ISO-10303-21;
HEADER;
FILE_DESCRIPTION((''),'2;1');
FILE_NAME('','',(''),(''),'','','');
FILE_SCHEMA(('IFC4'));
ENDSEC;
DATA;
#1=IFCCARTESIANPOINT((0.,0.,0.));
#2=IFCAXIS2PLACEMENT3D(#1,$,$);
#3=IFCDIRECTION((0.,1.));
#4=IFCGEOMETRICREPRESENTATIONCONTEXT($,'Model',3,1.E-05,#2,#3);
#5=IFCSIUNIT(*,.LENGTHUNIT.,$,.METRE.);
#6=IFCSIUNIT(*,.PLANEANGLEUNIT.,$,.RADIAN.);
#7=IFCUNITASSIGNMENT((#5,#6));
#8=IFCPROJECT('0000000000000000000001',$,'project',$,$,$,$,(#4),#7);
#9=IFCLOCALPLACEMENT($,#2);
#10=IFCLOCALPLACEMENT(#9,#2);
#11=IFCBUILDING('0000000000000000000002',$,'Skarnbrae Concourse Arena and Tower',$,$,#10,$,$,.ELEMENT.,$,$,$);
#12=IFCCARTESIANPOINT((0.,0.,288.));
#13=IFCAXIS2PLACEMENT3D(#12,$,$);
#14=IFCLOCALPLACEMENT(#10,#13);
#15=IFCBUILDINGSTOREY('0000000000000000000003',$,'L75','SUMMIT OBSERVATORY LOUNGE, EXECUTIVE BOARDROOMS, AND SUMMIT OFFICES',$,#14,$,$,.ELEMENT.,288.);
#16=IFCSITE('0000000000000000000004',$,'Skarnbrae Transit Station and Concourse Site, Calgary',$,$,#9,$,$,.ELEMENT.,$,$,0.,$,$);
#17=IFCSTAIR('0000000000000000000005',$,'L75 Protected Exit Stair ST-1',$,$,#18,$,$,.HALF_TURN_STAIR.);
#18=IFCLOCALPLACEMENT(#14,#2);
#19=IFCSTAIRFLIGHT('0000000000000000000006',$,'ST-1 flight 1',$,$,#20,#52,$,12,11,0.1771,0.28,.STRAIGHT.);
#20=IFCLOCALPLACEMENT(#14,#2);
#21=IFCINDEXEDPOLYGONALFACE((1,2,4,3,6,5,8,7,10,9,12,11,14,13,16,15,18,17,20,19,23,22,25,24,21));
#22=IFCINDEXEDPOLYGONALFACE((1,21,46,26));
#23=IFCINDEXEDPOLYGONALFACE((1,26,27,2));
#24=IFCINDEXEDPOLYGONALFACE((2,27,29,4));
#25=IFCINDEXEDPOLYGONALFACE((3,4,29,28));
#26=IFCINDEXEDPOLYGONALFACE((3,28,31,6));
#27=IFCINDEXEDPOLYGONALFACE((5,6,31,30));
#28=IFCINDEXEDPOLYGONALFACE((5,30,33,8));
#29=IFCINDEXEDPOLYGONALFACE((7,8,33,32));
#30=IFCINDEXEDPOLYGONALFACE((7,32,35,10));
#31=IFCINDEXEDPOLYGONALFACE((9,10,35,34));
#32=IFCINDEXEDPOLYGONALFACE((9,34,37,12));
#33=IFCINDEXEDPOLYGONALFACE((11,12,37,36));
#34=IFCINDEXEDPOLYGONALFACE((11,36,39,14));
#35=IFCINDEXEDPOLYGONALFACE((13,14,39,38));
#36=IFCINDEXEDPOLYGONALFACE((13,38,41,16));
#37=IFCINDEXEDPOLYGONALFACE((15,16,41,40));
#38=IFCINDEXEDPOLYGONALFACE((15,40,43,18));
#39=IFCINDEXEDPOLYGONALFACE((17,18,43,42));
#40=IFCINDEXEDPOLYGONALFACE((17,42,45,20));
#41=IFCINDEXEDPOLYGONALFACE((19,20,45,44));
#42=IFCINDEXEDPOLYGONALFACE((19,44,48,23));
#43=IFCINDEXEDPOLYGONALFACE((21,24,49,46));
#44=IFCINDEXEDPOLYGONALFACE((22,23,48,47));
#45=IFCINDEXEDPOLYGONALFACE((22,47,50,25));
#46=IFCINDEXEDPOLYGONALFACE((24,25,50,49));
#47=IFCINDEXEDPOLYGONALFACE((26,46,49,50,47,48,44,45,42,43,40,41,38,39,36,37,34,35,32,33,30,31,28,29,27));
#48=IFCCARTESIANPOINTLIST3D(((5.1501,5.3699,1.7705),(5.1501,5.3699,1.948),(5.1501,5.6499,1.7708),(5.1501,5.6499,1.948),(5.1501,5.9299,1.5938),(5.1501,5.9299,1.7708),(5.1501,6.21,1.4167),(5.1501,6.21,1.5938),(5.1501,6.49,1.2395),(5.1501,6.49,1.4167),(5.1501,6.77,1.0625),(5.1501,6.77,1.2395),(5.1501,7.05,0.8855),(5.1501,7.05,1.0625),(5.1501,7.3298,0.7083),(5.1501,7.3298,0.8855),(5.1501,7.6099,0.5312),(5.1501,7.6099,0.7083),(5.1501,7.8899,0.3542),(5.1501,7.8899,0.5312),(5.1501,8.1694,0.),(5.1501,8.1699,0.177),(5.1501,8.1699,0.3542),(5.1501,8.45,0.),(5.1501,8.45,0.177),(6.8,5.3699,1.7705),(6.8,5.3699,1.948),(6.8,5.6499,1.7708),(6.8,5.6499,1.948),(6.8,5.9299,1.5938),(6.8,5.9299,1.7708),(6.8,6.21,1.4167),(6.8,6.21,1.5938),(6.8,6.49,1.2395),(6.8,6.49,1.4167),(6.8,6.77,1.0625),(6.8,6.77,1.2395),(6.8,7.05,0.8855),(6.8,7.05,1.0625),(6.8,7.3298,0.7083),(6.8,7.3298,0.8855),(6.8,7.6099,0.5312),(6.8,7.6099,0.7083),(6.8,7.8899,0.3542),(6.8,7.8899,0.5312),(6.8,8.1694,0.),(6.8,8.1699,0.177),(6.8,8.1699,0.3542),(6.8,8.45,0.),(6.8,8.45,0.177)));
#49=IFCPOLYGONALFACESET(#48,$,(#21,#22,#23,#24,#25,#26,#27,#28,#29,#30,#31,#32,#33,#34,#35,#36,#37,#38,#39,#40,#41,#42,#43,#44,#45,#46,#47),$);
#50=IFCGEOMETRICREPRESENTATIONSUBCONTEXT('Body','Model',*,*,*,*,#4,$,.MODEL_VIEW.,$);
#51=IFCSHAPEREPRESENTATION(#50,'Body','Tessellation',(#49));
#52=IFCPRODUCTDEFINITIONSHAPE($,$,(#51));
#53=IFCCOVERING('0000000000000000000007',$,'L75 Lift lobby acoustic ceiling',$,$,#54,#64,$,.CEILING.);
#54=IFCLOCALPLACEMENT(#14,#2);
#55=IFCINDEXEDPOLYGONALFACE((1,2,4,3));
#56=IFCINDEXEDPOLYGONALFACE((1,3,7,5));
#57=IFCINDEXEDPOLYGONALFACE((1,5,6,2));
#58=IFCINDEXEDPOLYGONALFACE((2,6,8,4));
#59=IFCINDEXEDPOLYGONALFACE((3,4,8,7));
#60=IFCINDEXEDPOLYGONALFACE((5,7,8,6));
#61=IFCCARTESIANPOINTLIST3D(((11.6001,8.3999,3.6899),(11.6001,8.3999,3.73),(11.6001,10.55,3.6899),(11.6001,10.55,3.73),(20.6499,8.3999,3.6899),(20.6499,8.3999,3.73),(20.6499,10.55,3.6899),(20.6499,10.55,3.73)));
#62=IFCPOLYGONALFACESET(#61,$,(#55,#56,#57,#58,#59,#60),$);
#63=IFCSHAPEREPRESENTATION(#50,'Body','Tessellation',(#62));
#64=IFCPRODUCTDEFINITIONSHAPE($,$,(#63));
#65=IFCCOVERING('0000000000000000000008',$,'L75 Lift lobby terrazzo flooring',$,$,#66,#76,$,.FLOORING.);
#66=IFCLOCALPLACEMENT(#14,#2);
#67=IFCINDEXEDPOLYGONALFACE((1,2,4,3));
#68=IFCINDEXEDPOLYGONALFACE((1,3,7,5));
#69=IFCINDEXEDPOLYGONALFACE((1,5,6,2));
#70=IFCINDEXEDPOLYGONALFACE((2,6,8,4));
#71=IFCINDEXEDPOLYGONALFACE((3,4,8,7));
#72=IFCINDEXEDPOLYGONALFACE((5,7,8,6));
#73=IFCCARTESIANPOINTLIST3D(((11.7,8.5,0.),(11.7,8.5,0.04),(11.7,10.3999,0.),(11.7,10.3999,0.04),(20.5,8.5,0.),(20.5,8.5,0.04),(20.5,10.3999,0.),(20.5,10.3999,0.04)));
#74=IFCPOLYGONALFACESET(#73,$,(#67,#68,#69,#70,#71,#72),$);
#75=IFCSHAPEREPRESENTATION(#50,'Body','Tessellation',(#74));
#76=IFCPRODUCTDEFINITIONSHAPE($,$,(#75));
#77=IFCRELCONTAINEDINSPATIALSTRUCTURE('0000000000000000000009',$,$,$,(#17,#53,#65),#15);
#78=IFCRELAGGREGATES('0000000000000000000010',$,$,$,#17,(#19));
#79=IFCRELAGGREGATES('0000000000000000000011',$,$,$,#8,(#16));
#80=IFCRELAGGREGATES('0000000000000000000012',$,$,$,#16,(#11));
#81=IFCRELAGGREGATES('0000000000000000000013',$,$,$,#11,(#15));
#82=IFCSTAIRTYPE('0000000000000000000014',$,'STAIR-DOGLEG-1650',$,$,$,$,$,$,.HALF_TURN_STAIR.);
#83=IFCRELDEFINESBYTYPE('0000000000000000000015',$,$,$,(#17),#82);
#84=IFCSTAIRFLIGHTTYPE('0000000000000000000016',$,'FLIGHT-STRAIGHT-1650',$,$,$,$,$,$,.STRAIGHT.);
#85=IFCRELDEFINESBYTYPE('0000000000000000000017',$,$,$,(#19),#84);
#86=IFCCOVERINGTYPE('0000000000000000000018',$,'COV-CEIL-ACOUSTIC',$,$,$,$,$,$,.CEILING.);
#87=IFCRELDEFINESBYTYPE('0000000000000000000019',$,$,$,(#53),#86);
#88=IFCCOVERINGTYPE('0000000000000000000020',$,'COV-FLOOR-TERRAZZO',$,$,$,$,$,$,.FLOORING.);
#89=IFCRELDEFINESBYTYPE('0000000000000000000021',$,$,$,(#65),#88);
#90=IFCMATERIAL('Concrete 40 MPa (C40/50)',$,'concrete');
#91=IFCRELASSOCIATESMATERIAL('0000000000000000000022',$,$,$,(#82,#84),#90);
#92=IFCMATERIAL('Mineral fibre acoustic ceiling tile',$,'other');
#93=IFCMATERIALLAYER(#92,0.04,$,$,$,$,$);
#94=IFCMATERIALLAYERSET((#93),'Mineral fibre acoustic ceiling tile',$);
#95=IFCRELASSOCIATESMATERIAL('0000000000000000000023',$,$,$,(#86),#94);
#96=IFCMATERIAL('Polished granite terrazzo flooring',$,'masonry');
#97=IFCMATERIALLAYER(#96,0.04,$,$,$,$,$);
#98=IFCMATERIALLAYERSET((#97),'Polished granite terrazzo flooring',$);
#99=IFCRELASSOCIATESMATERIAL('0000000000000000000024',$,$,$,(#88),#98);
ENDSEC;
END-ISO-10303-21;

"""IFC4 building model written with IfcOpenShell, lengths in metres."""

from ifc_helpers import new_model, si_unit, direction, frame, origin, place, context, subcontext, project, spatial, polyline, outline, extrude, source, transform, mapped, material, layer, layer_set, type_object, element, aggregate, save


model = new_model("IFC4")

# Units and contexts
model_context = context("Model", 3, precision=1e-05, world=origin(), true_north=direction((0.0, 1.0)))
body_context = subcontext(model_context, "Body", "Model", "MODEL_VIEW")
ifc_project = project(units=[si_unit("LENGTHUNIT", "METRE"), si_unit("PLANEANGLEUNIT", "RADIAN")], contexts=[model_context])

# Site, building, storey
site_placement = place(None, origin())
site = spatial("IfcSite", under=ifc_project, at=site_placement, Name="Skarnbrae Transit Station and Concourse Site, Calgary", CompositionType="ELEMENT", RefElevation=0.0)
building_placement = place(site_placement, origin())
building = spatial("IfcBuilding", under=site, at=building_placement, Name="Skarnbrae Concourse Arena and Tower", CompositionType="ELEMENT")
storey_placement = place(building_placement, frame((0.0, 0.0, 288.0)))
storey = spatial("IfcBuildingStorey", under=building, at=storey_placement, Name="L75", Description="SUMMIT OBSERVATORY LOUNGE, EXECUTIVE BOARDROOMS, AND SUMMIT OFFICES", CompositionType="ELEMENT", Elevation=288.0)

# Stair
ifc_material_1 = material(Name="Concrete 40 MPa (C40/50)", Category="concrete")
stair_type = type_object("IfcStairType", Name="STAIR-DOGLEG-1650", PredefinedType="HALF_TURN_STAIR", material=ifc_material_1)
stair_1_placement = place(storey_placement, origin())
stair_1 = element("IfcStair", 1, at=stair_1_placement, inside=storey, type_object=stair_type, Name="L75 Protected Exit Stair ST-1", PredefinedType="HALF_TURN_STAIR")

# Stair flight
stair_flight_type = type_object("IfcStairFlightType", Name="FLIGHT-STRAIGHT-1650", PredefinedType="STRAIGHT", material=ifc_material_1)
shared_shape_1 = source(origin(), body_context, "Body", "SweptSolid", [
    extrude(outline(polyline([(0.0, 0.0), (0.0, 0.177), (0.28, 0.177), (0.28, 0.3542), (0.5601, 0.3542), (0.5601, 0.5312), (0.8401, 0.5312), (0.8401, 0.7083), (1.1201, 0.7083), (1.1201, 0.8855), (1.3999, 0.8855), (1.3999, 1.0625), (1.6799, 1.0625), (1.6799, 1.2395), (1.96, 1.2395), (1.96, 1.4167), (2.24, 1.4167), (2.24, 1.5938), (2.52, 1.5938), (2.52, 1.7708), (2.8, 1.7708), (2.8, 1.948), (3.0801, 1.948), (3.0801, 2.125), (3.0801, 1.7705), (0.2805, 0.0), (0.0, 0.0)])), frame((0.0, 0.825, 0.0), z_axis=(0.0, -1.0, 0.0), x_axis=(1.0, 0.0, 0.0)), (0.0, 0.0, 1.0), 1.6499),
])
stair_flight_placement = place(storey_placement, frame((5.9751, 8.45, 0.0), z_axis=(0.0, 0.0, 1.0), x_axis=(0.0, -1.0, 0.0)))
stair_flight = element("IfcStairFlight", 2, at=stair_flight_placement, type_object=stair_flight_type, Name="ST-1 flight 1", NumberOfRisers=12, NumberOfTreads=11, PredefinedType="STRAIGHT", RiserHeight=0.1771, TreadLength=0.28, context=body_context, shape_type="MappedRepresentation", body=[
    mapped(shared_shape_1, transform((0.0, 0.0, 0.0))),
])
aggregate(stair_1, [stair_flight])

# Coverings
ifc_material_2 = material(Name="Mineral fibre acoustic ceiling tile", Category="other")
ifc_layer_1 = layer(ifc_material_2, 0.04)
ifc_layer_set_1 = layer_set([ifc_layer_1], Name="Mineral fibre acoustic ceiling tile")
covering_type_1 = type_object("IfcCoveringType", Name="COV-CEIL-ACOUSTIC", PredefinedType="CEILING", material=ifc_layer_set_1)
covering_1_placement = place(storey_placement, frame((0.0, 0.0, 3.6899)))
element("IfcCovering", 3, at=covering_1_placement, inside=storey, type_object=covering_type_1, Name="L75 Lift lobby acoustic ceiling", PredefinedType="CEILING", context=body_context, shape_type="SweptSolid", body=[
    extrude(outline(polyline([(11.6001, 8.3999), (20.6499, 8.3999), (20.6499, 10.55), (11.6001, 10.55), (11.6001, 8.3999)])), origin(), (0.0, 0.0, 1.0), 0.04),
])
ifc_material_3 = material(Name="Polished granite terrazzo flooring", Category="masonry")
ifc_layer_2 = layer(ifc_material_3, 0.04)
ifc_layer_set_2 = layer_set([ifc_layer_2], Name="Polished granite terrazzo flooring")
covering_type_2 = type_object("IfcCoveringType", Name="COV-FLOOR-TERRAZZO", PredefinedType="FLOORING", material=ifc_layer_set_2)
covering_2_placement = place(storey_placement, origin())
element("IfcCovering", 4, at=covering_2_placement, inside=storey, type_object=covering_type_2, Name="L75 Lift lobby terrazzo flooring", PredefinedType="FLOORING", context=body_context, shape_type="SweptSolid", body=[
    extrude(outline(polyline([(11.7, 8.5), (20.5, 8.5), (20.5, 10.3999), (11.7, 10.3999), (11.7, 8.5)])), origin(), (0.0, 0.0, 1.0), 0.04),
])

save(model, "model.ifc")
